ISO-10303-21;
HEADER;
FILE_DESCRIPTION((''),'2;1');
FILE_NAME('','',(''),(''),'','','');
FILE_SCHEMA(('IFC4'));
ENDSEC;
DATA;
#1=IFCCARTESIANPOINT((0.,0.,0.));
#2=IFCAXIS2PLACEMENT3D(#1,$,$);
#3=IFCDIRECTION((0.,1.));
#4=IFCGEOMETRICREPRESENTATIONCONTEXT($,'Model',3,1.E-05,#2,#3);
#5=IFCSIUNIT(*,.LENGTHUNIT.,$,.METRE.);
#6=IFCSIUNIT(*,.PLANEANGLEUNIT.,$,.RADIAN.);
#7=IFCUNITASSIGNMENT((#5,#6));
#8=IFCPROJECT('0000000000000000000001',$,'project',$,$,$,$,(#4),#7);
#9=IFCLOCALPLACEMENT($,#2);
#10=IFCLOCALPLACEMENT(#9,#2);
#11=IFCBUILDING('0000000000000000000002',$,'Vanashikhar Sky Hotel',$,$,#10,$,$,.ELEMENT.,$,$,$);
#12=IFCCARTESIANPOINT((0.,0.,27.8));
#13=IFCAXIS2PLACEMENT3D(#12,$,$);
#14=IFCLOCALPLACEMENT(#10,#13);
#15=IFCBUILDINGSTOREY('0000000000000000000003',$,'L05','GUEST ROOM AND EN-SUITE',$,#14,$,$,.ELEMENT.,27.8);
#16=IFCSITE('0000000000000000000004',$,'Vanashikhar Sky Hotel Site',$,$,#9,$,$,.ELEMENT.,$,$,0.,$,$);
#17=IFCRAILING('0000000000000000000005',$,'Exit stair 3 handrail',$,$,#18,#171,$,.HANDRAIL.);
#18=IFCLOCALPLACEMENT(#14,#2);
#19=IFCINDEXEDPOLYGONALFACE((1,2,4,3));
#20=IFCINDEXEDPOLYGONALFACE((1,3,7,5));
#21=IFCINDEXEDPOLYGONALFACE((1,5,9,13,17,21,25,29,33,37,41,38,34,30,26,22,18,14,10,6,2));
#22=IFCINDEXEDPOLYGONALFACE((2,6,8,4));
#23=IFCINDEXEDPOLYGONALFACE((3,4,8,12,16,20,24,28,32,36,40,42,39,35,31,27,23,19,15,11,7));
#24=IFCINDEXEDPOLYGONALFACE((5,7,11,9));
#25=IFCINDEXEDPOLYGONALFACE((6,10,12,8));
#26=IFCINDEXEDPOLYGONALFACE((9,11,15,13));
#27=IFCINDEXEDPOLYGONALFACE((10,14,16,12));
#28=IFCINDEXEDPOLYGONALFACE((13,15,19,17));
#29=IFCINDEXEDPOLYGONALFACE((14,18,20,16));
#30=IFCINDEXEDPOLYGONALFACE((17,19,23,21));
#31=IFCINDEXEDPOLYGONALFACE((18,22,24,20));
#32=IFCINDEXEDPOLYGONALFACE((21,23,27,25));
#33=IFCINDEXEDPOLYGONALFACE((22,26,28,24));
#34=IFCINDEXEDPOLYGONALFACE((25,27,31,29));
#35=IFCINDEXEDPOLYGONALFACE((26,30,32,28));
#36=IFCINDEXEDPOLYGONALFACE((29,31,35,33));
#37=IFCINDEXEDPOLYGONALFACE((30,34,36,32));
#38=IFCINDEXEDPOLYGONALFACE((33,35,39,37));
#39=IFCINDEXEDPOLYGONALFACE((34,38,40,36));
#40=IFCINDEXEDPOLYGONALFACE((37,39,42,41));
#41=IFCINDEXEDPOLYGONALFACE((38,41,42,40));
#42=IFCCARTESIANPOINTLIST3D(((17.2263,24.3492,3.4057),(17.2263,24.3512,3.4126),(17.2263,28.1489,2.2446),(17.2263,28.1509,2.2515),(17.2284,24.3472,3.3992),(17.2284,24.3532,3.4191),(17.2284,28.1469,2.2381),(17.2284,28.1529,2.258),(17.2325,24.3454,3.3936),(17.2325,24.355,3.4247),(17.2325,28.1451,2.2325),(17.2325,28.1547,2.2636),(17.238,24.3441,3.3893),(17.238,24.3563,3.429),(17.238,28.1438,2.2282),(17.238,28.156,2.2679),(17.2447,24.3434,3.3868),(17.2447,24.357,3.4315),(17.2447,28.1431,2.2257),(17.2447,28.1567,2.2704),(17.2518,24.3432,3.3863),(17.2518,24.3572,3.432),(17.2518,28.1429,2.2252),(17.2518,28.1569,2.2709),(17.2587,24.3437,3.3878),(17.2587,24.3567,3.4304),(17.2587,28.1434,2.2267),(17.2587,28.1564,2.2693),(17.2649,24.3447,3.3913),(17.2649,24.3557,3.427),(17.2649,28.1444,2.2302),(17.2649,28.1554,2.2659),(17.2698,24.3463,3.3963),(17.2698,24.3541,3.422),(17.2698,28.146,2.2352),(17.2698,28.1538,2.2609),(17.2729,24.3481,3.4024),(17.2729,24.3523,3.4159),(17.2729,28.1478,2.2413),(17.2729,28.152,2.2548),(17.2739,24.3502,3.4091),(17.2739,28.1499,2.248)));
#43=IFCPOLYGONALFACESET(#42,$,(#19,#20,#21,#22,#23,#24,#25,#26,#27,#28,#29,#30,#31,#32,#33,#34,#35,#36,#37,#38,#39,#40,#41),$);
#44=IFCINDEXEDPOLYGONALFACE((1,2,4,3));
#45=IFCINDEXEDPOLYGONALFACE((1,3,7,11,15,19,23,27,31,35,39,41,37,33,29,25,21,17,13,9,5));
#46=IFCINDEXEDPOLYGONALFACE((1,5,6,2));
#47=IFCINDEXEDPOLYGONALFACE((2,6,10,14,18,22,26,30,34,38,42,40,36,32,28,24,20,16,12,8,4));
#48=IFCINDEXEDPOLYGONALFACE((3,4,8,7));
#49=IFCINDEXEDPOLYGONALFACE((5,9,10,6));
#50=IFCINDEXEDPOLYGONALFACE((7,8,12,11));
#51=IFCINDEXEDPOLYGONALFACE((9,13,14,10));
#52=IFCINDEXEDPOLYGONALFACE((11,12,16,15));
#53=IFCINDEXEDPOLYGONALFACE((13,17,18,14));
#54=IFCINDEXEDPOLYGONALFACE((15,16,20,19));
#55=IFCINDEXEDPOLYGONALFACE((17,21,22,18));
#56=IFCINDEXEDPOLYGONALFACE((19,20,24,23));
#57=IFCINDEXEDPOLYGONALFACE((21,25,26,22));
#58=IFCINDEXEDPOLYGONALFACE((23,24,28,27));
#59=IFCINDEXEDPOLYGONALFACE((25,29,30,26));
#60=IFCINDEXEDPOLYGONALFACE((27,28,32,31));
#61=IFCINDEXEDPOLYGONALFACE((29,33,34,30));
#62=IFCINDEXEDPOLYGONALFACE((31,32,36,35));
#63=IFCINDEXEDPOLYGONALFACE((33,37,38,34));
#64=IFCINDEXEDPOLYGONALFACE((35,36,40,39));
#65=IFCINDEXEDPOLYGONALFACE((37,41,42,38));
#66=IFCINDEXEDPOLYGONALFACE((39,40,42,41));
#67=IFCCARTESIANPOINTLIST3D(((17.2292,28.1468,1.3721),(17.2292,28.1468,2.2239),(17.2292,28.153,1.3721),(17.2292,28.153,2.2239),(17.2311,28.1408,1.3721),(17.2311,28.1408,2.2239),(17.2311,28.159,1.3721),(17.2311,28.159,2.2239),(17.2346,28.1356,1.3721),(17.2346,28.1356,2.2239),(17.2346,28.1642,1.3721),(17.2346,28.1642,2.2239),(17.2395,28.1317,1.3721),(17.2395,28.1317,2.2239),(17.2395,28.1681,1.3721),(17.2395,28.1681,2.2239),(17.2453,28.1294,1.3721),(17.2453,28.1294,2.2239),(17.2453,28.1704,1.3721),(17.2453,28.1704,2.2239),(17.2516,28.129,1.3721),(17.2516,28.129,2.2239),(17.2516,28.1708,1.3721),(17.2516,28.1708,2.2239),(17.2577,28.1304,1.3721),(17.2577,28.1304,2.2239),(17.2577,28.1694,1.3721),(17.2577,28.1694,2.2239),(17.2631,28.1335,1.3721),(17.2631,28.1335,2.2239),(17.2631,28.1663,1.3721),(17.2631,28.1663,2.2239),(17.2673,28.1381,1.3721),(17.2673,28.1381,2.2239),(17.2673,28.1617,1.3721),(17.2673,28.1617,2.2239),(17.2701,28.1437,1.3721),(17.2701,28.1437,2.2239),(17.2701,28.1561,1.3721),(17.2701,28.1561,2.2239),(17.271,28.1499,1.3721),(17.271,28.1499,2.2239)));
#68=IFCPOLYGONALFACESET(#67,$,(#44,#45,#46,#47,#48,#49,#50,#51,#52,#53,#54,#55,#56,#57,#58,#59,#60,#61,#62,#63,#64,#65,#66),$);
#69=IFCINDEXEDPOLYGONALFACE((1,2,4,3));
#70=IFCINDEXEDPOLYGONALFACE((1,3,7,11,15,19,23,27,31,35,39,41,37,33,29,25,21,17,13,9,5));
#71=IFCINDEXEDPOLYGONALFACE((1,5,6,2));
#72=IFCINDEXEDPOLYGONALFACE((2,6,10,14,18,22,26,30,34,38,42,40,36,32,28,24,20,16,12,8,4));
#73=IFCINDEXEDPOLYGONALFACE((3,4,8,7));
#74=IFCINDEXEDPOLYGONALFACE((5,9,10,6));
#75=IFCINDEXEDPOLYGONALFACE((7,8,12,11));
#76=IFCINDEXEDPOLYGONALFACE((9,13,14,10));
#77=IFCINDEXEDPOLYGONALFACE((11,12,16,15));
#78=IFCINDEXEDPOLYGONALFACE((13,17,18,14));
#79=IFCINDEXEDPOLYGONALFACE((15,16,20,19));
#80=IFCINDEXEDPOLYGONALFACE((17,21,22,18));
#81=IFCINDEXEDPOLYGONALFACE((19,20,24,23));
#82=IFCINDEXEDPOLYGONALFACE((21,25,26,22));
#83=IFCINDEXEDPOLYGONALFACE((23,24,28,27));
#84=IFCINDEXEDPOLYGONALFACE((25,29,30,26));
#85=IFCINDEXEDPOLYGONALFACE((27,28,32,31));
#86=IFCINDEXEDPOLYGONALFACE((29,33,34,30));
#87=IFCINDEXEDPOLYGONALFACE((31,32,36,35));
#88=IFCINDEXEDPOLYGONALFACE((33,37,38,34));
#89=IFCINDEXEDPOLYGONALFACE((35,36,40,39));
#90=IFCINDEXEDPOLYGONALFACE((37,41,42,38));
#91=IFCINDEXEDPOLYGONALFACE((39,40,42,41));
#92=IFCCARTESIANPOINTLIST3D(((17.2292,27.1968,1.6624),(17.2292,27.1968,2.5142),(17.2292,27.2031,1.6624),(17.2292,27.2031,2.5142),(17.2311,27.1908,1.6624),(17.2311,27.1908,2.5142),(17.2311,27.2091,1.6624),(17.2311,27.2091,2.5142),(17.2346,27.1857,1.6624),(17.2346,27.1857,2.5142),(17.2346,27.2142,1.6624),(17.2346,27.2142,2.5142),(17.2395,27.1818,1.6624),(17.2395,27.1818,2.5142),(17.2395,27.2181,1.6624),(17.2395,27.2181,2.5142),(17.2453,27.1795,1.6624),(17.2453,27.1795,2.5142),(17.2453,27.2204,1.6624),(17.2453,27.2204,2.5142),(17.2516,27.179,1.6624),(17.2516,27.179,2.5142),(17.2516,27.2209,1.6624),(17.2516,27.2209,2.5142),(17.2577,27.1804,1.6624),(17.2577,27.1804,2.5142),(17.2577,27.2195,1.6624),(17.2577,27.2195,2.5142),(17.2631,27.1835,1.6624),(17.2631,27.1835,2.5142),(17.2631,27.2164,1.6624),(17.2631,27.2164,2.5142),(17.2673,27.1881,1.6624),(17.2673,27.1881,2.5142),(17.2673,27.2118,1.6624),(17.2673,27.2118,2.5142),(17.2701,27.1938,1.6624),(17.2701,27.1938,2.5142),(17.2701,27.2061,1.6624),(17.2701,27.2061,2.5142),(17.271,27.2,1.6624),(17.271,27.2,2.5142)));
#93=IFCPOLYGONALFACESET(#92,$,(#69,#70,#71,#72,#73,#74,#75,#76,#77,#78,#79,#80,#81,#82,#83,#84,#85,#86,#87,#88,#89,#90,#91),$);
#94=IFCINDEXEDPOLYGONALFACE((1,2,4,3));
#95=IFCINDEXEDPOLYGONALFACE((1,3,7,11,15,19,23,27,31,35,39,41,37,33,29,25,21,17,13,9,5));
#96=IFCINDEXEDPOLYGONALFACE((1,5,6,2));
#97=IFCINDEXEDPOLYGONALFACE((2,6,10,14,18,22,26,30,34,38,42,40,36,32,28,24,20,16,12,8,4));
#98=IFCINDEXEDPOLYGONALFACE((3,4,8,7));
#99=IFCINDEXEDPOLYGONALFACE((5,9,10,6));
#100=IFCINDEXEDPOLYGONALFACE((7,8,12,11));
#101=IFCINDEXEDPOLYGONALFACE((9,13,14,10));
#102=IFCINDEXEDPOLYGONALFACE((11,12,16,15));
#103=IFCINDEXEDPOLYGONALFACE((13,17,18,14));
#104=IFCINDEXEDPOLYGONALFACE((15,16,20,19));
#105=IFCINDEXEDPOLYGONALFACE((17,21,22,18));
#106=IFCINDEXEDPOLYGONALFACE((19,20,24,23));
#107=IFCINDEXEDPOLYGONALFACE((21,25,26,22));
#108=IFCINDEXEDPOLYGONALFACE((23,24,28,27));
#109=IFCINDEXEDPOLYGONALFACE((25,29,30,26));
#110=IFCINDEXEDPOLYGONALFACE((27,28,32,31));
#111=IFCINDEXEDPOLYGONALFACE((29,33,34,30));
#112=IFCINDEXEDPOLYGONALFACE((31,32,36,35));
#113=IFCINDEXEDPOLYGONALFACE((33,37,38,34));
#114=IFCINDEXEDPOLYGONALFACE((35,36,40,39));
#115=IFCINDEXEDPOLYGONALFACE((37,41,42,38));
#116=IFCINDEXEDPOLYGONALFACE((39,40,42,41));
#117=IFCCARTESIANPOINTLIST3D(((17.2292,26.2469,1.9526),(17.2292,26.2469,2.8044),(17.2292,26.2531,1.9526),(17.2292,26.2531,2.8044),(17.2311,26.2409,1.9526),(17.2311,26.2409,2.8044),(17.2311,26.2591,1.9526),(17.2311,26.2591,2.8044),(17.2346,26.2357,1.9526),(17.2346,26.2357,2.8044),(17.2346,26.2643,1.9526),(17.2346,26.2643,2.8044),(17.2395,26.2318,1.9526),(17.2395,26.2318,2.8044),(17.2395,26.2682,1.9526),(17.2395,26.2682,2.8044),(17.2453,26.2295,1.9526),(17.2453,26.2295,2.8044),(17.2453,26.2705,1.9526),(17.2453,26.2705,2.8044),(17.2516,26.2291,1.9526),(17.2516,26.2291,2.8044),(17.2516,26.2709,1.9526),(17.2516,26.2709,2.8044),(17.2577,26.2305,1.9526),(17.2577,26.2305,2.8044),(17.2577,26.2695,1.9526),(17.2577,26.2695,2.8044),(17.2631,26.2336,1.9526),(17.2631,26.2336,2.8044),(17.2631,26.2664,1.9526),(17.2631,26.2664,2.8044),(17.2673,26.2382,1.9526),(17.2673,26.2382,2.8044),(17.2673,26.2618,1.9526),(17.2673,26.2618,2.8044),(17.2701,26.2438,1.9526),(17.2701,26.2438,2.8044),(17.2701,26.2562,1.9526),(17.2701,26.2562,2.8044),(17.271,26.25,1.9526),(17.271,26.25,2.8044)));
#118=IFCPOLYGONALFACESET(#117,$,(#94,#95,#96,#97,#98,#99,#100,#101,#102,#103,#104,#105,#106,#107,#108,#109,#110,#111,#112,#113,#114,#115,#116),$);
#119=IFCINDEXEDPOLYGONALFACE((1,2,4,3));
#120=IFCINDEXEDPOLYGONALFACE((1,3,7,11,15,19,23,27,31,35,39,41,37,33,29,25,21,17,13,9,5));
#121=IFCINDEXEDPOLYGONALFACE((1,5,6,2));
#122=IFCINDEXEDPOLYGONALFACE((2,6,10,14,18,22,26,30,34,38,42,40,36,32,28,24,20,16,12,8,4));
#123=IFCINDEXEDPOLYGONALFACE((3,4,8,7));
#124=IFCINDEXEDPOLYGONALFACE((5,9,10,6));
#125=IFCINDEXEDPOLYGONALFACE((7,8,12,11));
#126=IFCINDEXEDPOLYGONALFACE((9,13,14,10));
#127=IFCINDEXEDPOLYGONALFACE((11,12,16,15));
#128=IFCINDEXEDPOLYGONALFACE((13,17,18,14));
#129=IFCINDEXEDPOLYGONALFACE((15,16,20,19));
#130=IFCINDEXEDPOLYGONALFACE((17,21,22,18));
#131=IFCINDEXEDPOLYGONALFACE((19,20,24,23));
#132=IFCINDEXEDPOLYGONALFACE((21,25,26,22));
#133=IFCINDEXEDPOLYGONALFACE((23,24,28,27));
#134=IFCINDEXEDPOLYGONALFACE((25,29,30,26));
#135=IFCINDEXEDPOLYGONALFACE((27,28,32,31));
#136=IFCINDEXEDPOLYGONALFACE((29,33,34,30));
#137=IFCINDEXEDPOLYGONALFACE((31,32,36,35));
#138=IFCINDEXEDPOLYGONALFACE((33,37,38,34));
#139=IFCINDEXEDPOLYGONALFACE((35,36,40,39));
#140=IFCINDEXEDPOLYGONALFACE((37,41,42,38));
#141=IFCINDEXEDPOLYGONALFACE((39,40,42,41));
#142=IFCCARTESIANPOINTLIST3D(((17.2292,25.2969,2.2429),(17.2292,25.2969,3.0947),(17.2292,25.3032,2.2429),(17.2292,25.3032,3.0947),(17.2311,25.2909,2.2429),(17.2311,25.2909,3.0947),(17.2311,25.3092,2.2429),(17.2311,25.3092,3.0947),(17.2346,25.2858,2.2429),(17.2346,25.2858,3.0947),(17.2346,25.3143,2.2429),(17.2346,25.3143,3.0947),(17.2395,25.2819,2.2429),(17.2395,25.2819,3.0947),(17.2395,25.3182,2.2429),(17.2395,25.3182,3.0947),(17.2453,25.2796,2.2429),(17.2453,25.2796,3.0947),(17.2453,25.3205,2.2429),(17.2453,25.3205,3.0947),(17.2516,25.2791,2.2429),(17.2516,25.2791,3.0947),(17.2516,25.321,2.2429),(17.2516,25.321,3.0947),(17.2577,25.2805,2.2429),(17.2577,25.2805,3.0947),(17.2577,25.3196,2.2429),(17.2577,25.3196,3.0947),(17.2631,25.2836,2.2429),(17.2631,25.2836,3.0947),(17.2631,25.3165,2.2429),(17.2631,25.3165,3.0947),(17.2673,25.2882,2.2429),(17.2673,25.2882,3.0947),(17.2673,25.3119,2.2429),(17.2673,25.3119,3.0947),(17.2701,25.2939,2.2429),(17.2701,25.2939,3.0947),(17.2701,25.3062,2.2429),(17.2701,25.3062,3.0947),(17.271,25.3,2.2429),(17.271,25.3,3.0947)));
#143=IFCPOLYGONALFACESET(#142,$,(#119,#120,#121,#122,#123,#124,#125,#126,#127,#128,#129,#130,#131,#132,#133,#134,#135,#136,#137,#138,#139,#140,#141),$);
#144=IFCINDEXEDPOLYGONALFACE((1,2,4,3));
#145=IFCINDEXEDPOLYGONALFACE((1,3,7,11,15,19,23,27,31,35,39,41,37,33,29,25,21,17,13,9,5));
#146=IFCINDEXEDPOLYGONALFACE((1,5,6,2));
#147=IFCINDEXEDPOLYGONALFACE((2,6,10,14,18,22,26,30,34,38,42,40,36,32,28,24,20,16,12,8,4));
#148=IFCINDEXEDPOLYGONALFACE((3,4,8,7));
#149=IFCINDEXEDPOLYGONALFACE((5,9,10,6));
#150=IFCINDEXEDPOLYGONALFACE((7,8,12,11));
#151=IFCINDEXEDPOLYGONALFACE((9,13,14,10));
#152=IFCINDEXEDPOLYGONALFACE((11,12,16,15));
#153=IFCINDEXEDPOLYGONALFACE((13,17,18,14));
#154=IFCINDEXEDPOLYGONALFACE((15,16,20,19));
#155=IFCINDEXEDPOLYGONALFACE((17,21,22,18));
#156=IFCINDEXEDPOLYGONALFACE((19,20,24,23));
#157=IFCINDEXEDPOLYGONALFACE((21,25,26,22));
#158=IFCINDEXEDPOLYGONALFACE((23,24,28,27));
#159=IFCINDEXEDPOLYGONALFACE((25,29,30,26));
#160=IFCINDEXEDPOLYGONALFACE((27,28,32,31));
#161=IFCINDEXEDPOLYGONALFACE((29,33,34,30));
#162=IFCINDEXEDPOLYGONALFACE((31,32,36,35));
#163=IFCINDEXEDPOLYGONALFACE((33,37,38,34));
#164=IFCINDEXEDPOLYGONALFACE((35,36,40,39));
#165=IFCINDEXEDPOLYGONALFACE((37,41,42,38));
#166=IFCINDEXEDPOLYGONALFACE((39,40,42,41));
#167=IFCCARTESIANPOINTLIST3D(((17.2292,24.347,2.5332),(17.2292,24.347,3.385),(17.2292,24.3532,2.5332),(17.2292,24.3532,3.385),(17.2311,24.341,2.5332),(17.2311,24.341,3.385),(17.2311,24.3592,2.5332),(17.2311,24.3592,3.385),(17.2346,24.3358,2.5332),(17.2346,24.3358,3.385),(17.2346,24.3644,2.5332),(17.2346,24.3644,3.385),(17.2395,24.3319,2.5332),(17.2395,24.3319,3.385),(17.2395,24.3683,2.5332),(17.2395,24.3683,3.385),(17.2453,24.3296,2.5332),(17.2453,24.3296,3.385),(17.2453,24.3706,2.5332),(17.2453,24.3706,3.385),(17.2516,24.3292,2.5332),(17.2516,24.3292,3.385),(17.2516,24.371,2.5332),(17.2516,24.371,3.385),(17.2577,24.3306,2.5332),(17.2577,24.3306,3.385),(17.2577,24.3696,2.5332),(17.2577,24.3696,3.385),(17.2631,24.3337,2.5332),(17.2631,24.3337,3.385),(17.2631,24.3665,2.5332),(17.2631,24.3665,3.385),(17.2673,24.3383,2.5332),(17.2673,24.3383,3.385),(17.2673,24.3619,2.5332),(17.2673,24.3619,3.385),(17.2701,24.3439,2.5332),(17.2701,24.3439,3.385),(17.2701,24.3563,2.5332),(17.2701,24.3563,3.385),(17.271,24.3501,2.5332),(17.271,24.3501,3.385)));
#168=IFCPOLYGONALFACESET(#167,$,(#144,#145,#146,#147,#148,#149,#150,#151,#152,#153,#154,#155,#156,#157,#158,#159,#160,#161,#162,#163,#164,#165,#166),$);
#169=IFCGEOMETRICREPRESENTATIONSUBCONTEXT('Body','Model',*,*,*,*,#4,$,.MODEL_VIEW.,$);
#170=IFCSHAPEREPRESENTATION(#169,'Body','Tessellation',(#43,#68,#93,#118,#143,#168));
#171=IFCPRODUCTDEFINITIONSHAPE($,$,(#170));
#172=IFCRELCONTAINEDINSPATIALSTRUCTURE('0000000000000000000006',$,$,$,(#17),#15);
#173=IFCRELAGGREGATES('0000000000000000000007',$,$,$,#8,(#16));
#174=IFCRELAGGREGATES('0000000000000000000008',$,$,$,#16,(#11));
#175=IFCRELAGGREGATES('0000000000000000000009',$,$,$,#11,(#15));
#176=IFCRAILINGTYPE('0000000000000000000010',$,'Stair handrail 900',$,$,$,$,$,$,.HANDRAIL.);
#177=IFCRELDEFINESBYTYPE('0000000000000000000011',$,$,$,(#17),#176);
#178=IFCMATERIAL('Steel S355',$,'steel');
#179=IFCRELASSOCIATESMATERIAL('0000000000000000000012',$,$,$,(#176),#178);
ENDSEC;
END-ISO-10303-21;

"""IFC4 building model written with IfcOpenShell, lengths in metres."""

from ifc_helpers import new_model, si_unit, direction, frame, origin, origin_2d, place, context, subcontext, project, spatial, circle, extrude, source, transform, mapped, material, type_object, element, save


model = new_model("IFC4")

# Units and contexts
model_context = context("Model", 3, precision=1e-05, world=origin(), true_north=direction((0.0, 1.0)))
body_context = subcontext(model_context, "Body", "Model", "MODEL_VIEW")
ifc_project = project(units=[si_unit("LENGTHUNIT", "METRE"), si_unit("PLANEANGLEUNIT", "RADIAN")], contexts=[model_context])

# Site, building, storey
site_placement = place(None, origin())
site = spatial("IfcSite", under=ifc_project, at=site_placement, Name="Vanashikhar Sky Hotel Site", CompositionType="ELEMENT", RefElevation=0.0)
building_placement = place(site_placement, origin())
building = spatial("IfcBuilding", under=site, at=building_placement, Name="Vanashikhar Sky Hotel", CompositionType="ELEMENT")
storey_placement = place(building_placement, frame((0.0, 0.0, 27.8)))
storey = spatial("IfcBuildingStorey", under=building, at=storey_placement, Name="L05", Description="GUEST ROOM AND EN-SUITE", CompositionType="ELEMENT", Elevation=27.8)

# Railing
ifc_material_1 = material(Name="Steel S355", Category="steel")
railing_type_1 = type_object("IfcRailingType", Name="Stair handrail 900", PredefinedType="HANDRAIL", material=ifc_material_1)
shared_shape_1 = source(origin(), body_context, "Body", "SweptSolid", [
    extrude(circle(Radius=0.0239, at=origin_2d()), frame((0.0, 0.0, 0.876), z_axis=(0.0, -0.956346, 0.292237), x_axis=(1.0, 0.0, 0.0)), (0.0, 0.0, 1.0), 3.9731),
    extrude(circle(Radius=0.021, at=origin_2d()), origin(), (0.0, 0.0, 1.0), 0.8518),
    extrude(circle(Radius=0.021, at=origin_2d()), frame((0.0, -0.95, 0.2903)), (0.0, 0.0, 1.0), 0.8518),
    extrude(circle(Radius=0.021, at=origin_2d()), frame((0.0, -1.8999, 0.5806)), (0.0, 0.0, 1.0), 0.8518),
    extrude(circle(Radius=0.021, at=origin_2d()), frame((0.0, -2.8499, 0.8708)), (0.0, 0.0, 1.0), 0.8518),
    extrude(circle(Radius=0.021, at=origin_2d()), frame((0.0, -3.7998, 1.1611)), (0.0, 0.0, 1.0), 0.8518),
])
railing_1_placement = place(storey_placement, frame((17.25, 28.1499, 1.3721)))
element("IfcRailing", 1, at=railing_1_placement, inside=storey, type_object=railing_type_1, Name="Exit stair 3 handrail", PredefinedType="HANDRAIL", context=body_context, shape_type="MappedRepresentation", body=[
    mapped(shared_shape_1, transform((0.0, 0.0, 0.0), scale=1.0)),
])

save(model, "model.ifc")
